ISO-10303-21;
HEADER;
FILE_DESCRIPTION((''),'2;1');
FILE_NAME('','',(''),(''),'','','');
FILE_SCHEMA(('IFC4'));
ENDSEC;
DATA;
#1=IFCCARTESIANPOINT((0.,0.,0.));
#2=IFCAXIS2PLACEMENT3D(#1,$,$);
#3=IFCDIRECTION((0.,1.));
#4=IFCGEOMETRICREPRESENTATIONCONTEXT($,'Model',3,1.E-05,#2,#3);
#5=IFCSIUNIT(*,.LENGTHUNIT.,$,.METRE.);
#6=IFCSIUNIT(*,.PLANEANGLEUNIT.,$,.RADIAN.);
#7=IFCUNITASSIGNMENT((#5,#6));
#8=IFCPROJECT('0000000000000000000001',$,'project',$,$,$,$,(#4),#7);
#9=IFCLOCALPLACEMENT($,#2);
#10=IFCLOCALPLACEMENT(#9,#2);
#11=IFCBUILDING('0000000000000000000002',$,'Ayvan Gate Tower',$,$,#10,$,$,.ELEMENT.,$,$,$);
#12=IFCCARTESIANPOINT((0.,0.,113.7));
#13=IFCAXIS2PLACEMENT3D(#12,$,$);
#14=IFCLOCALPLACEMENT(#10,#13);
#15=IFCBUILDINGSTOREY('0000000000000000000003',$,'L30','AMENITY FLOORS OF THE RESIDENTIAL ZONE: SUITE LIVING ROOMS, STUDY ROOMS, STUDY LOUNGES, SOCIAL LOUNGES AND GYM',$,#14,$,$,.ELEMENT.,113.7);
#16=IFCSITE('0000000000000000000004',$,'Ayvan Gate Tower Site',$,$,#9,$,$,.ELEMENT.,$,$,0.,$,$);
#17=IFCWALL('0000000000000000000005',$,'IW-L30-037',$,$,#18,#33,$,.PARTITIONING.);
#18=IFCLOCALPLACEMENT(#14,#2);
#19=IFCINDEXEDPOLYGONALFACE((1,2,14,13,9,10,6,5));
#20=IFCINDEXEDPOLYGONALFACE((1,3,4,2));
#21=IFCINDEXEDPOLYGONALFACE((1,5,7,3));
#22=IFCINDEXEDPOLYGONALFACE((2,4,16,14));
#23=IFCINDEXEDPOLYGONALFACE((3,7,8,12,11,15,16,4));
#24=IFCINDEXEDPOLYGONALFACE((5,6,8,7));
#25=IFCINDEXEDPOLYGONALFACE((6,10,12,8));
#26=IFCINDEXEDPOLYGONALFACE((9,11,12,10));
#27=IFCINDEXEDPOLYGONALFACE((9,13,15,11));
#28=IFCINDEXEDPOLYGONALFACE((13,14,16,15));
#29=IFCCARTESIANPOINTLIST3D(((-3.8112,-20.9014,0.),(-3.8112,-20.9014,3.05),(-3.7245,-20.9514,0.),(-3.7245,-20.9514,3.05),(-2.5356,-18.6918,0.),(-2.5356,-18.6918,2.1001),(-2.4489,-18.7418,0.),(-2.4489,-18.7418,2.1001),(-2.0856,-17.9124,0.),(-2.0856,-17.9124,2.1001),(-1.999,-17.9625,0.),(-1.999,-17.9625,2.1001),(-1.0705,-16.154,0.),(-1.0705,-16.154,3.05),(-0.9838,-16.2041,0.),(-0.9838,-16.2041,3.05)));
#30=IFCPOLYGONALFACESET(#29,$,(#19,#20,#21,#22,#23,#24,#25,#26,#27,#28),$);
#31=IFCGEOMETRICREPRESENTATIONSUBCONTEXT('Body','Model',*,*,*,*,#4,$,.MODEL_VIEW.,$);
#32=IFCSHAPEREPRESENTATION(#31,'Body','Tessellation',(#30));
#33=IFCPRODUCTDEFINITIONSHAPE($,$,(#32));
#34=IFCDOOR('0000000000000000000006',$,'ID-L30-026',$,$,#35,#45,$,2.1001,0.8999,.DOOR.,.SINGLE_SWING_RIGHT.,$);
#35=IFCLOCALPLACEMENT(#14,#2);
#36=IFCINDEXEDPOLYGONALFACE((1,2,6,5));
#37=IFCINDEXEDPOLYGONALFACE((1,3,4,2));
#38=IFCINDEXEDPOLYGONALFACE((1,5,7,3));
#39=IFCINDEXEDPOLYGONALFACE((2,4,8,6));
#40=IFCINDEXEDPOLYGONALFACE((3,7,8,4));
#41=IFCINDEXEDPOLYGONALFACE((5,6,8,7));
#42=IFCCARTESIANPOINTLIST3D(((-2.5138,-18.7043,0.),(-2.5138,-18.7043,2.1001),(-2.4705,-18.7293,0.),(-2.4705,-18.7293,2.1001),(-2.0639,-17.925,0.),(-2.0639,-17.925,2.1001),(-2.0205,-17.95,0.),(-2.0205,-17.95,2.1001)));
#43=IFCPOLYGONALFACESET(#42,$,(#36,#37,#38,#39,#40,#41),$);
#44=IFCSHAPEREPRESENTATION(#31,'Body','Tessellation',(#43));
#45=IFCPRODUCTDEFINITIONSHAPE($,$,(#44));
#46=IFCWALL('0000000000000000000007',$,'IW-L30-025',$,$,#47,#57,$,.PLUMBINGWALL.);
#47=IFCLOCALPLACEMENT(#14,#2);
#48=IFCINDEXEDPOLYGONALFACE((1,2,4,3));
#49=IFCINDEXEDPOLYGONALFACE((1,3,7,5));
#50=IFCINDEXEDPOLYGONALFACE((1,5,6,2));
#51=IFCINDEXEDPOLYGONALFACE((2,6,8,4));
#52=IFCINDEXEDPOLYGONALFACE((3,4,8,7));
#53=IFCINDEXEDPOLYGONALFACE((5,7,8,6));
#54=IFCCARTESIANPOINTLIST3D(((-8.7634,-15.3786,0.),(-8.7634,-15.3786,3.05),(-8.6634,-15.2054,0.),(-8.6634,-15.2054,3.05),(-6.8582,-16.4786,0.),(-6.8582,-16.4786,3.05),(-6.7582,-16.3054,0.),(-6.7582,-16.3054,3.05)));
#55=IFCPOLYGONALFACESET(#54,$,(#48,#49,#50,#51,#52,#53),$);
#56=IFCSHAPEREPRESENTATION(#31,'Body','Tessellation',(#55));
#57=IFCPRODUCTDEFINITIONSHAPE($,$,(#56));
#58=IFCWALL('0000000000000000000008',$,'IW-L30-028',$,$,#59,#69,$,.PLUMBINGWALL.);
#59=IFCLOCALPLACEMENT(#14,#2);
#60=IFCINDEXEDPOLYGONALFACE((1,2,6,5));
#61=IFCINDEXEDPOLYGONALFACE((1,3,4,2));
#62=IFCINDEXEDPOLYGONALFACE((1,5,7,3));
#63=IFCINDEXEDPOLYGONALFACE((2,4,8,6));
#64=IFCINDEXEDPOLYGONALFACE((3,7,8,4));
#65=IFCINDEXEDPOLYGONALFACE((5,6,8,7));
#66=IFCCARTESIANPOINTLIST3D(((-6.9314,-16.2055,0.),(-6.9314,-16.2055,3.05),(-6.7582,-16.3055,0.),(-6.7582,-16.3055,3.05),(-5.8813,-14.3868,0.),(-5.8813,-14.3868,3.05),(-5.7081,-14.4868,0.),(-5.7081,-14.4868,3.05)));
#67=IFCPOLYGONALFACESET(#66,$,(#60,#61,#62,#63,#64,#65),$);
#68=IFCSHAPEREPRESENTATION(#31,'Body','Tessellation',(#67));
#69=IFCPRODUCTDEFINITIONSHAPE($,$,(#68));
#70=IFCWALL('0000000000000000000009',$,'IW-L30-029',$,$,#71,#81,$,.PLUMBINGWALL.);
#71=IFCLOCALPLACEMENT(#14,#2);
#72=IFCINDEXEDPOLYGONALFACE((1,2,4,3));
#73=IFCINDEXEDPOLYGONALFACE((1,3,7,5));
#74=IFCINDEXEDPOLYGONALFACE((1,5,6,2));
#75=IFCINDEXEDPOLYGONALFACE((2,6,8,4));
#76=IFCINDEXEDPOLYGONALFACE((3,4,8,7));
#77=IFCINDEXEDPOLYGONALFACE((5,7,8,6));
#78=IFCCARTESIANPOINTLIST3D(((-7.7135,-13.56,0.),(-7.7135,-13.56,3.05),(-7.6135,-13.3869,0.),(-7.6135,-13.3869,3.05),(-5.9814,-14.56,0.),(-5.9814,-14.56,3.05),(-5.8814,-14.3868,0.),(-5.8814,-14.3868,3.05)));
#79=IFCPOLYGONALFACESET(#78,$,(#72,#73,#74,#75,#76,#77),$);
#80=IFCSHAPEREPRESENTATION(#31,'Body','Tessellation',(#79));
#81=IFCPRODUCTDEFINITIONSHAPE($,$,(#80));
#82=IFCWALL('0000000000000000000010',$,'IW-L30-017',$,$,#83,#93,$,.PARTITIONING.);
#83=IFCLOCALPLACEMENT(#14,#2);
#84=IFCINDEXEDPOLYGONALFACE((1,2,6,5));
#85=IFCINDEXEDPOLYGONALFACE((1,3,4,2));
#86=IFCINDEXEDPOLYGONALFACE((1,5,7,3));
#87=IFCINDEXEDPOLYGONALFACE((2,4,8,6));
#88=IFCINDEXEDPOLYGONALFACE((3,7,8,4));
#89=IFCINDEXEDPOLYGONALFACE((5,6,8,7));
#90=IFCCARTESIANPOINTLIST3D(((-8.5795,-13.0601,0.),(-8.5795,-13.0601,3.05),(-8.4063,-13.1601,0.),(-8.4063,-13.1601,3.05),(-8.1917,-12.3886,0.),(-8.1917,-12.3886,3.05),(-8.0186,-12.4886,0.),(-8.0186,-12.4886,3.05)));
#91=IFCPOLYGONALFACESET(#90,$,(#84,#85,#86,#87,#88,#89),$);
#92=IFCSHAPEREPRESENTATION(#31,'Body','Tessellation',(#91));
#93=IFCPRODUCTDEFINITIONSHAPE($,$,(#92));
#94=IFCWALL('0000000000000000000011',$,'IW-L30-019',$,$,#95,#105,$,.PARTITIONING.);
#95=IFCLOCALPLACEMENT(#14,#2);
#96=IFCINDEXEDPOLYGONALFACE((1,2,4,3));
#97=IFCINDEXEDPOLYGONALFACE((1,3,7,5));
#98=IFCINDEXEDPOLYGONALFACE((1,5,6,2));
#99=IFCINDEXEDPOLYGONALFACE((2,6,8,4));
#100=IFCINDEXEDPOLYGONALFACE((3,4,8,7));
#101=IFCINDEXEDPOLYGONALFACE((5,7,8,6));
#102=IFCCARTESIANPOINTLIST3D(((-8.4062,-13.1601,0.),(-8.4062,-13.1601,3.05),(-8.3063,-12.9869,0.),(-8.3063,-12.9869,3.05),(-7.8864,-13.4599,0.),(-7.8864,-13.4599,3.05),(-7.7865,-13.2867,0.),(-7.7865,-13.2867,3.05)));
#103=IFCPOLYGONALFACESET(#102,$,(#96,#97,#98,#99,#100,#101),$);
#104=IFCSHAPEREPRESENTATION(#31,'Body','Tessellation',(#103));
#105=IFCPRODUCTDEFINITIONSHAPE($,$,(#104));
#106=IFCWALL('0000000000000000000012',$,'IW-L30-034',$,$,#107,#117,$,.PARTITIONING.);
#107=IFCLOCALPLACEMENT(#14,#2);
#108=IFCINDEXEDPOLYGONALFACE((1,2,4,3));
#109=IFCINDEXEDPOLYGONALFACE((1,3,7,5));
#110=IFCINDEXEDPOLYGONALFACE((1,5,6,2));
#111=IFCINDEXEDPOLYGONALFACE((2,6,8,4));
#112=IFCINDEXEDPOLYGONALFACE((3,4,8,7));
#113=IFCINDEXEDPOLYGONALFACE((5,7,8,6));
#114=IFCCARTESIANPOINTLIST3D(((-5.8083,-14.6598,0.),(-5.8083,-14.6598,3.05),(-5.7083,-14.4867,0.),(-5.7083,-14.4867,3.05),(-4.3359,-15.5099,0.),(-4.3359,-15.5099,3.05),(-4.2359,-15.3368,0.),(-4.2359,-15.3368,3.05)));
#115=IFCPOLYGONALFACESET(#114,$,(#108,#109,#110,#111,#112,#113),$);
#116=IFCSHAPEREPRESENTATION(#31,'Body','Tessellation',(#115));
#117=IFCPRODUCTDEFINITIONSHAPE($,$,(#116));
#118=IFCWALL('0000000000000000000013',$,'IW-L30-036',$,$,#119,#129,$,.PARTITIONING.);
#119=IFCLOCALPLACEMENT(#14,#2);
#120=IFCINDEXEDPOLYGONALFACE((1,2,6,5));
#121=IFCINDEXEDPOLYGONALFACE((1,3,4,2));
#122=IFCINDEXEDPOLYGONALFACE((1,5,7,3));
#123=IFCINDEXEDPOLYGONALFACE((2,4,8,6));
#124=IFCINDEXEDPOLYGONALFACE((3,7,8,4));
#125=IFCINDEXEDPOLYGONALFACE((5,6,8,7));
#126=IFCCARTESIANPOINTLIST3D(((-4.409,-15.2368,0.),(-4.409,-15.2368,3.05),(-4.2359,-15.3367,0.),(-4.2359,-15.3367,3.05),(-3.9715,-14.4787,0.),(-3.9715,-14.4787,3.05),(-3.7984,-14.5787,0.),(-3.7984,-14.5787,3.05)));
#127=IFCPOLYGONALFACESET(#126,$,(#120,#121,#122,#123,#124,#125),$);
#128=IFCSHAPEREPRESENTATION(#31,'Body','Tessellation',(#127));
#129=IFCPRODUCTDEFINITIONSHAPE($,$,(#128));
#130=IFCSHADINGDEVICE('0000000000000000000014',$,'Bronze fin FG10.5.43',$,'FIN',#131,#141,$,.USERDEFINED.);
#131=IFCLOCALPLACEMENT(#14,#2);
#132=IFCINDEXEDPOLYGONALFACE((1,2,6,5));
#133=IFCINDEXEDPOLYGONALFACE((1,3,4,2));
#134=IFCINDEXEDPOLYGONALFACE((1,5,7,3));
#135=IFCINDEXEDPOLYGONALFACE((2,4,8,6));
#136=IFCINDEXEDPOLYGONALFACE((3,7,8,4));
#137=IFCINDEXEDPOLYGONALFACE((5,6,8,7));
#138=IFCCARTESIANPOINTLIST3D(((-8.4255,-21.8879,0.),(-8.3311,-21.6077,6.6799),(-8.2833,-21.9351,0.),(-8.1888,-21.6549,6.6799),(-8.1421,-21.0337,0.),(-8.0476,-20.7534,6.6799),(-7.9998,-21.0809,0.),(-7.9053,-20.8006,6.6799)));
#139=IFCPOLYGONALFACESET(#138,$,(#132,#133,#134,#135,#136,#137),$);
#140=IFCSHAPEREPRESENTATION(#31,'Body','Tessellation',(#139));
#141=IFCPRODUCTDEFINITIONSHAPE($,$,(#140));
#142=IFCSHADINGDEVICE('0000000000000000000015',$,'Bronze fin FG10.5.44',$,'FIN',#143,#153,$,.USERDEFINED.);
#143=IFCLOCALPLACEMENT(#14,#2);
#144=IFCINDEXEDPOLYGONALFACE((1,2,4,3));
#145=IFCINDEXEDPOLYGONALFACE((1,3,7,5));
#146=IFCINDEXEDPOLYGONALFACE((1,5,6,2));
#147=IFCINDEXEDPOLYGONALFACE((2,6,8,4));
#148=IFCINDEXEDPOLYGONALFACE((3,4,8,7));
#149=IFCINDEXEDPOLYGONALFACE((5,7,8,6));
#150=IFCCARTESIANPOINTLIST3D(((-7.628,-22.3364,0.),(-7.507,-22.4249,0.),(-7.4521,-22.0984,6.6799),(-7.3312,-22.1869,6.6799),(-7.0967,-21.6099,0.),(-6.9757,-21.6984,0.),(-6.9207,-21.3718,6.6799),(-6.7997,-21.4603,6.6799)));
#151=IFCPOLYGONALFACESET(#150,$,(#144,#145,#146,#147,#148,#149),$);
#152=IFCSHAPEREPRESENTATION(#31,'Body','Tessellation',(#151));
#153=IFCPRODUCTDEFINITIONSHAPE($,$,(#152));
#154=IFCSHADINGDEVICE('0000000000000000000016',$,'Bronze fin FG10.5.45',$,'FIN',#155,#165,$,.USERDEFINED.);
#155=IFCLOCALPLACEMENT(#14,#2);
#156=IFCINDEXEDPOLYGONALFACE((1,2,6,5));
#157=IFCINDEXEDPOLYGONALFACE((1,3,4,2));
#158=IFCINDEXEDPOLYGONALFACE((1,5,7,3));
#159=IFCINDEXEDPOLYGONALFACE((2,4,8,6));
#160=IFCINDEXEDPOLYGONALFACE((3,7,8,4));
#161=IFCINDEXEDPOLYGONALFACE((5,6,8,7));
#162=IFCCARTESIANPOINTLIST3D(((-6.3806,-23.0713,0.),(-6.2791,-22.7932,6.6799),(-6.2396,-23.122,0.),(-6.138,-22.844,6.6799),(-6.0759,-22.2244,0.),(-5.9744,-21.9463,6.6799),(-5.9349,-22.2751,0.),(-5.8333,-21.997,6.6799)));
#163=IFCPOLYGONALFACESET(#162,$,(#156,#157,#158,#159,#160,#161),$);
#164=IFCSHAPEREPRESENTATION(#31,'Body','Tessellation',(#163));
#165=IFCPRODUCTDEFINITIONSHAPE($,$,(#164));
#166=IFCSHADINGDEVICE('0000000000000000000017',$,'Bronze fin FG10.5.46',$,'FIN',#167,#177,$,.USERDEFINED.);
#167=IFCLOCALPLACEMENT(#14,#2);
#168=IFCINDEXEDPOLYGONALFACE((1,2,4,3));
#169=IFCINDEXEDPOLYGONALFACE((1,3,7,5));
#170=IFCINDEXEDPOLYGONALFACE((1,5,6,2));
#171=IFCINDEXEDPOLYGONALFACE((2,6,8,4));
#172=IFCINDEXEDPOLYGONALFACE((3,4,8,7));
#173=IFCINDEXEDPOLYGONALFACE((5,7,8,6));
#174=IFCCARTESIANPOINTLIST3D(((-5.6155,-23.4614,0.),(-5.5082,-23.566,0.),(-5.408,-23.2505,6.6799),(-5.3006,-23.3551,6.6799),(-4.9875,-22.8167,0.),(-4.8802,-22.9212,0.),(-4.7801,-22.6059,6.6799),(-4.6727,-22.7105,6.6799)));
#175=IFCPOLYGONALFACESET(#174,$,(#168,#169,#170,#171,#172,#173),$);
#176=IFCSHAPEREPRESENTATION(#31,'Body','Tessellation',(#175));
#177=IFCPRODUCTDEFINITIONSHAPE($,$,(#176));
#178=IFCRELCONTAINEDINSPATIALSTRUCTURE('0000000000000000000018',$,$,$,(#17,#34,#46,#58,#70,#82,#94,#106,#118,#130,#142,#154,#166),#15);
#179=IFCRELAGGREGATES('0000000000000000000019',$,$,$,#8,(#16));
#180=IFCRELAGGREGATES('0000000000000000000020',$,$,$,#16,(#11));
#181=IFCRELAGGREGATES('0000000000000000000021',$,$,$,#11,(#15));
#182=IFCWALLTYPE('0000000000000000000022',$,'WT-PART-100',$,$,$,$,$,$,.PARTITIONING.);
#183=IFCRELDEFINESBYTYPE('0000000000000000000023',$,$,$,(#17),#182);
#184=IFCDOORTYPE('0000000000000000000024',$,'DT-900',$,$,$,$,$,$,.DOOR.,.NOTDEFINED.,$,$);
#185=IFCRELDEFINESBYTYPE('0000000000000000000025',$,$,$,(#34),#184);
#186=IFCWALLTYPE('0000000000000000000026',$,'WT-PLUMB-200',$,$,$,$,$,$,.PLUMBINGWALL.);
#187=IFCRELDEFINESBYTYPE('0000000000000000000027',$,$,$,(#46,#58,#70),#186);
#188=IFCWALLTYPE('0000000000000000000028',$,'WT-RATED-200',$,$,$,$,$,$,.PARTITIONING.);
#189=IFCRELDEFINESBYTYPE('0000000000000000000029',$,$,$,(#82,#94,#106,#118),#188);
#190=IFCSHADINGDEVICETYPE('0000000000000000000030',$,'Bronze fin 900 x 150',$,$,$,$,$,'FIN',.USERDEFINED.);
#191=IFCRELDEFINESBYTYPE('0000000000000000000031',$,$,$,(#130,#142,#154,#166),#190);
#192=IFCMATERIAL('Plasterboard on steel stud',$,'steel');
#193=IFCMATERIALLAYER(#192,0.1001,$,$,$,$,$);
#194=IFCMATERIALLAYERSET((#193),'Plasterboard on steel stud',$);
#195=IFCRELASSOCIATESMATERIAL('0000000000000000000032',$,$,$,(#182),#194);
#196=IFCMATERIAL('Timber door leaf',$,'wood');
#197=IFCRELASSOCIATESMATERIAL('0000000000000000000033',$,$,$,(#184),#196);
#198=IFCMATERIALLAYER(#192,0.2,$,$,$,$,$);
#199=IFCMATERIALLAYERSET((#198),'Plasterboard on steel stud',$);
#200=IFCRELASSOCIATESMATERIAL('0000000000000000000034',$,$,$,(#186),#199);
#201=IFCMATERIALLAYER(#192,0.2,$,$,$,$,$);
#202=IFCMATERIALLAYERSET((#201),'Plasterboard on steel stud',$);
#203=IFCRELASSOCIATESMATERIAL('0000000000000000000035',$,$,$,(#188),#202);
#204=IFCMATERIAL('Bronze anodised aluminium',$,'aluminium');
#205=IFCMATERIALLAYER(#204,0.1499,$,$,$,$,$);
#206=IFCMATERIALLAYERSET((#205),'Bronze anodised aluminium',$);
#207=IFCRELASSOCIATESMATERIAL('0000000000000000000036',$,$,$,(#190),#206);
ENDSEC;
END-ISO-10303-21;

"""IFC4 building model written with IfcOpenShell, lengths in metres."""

from ifc_helpers import new_model, si_unit, direction, frame, frame_2d, origin, place, context, subcontext, project, spatial, polyline, rectangle, outline, extrude, material, layer, layer_set, type_object, element, fill, save


model = new_model("IFC4")

# Units and contexts
model_context = context("Model", 3, precision=1e-05, world=origin(), true_north=direction((0.0, 1.0)))
body_context = subcontext(model_context, "Body", "Model", "MODEL_VIEW")
ifc_project = project(units=[si_unit("LENGTHUNIT", "METRE"), si_unit("PLANEANGLEUNIT", "RADIAN")], contexts=[model_context])

# Site, building, storey
site_placement = place(None, origin())
site = spatial("IfcSite", under=ifc_project, at=site_placement, Name="Ayvan Gate Tower Site", CompositionType="ELEMENT", RefElevation=0.0)
building_placement = place(site_placement, origin())
building = spatial("IfcBuilding", under=site, at=building_placement, Name="Ayvan Gate Tower", CompositionType="ELEMENT")
storey_placement = place(building_placement, frame((0.0, 0.0, 113.7)))
storey = spatial("IfcBuildingStorey", under=building, at=storey_placement, Name="L30", Description="AMENITY FLOORS OF THE RESIDENTIAL ZONE: SUITE LIVING ROOMS, STUDY ROOMS, STUDY LOUNGES, SOCIAL LOUNGES AND GYM", CompositionType="ELEMENT", Elevation=113.7)

# Shared definitions
ifc_material_1 = material(Name="Bronze anodised aluminium", Category="aluminium")

# Wall, opening, door
ifc_material_2 = material(Name="Plasterboard on steel stud", Category="steel")
ifc_layer_1 = layer(ifc_material_2, 0.1001)
ifc_layer_set_1 = layer_set([ifc_layer_1], Name="Plasterboard on steel stud")
wall_type_1 = type_object("IfcWallType", Name="WT-PART-100", PredefinedType="PARTITIONING", material=ifc_layer_set_1)
wall_1_placement = place(storey_placement, frame((-3.7678, -20.9263, 0.0), z_axis=(0.0, 0.0, 1.0), x_axis=(0.499981, 0.866037, 0.0)))
wall_1 = element("IfcWall", 1, at=wall_1_placement, inside=storey, type_object=wall_type_1, Name="IW-L30-037", PredefinedType="PARTITIONING", context=body_context, shape_type="SweptSolid", body=[
    extrude(rectangle(XDim=5.4817, YDim=0.1001, at=frame_2d((2.7407, 0.0))), origin(), (0.0, 0.0, 1.0), 3.05),
])
opening_placement = place(wall_1_placement, frame((2.5513, 0.0, 0.0)))
opening = element("IfcOpeningElement", 2, at=opening_placement, cuts=wall_1, PredefinedType="OPENING", context=body_context, shape_type="SweptSolid", body=[
    extrude(rectangle(XDim=0.8999, YDim=2.1001, at=frame_2d((0.45, 1.05))), frame((0.0, 0.0601, 0.0), z_axis=(0.0, -1.0, 0.0), x_axis=(1.0, 0.0, 0.0)), (0.0, 0.0, 1.0), 0.1201),
])
ifc_material_3 = material(Name="Timber door leaf", Category="wood")
door_type = type_object("IfcDoorType", Name="DT-900", OperationType="NOTDEFINED", PredefinedType="DOOR", material=ifc_material_3)
door_placement = place(opening_placement, origin())
door = element("IfcDoor", 3, at=door_placement, inside=storey, type_object=door_type, Name="ID-L30-026", OperationType="SINGLE_SWING_RIGHT", OverallHeight=2.1001, OverallWidth=0.8999, PredefinedType="DOOR", context=body_context, shape_type="SweptSolid", body=[
    extrude(rectangle(XDim=0.8999, YDim=2.1001, at=frame_2d((0.45, 1.05))), frame((0.0, 0.0249, 0.0), z_axis=(0.0, -1.0, 0.0), x_axis=(1.0, 0.0, 0.0)), (0.0, 0.0, 1.0), 0.05),
])
fill(opening, door)

# Walls
ifc_layer_2 = layer(ifc_material_2, 0.2)
ifc_layer_set_2 = layer_set([ifc_layer_2], Name="Plasterboard on steel stud")
wall_type_2 = type_object("IfcWallType", Name="WT-PLUMB-200", PredefinedType="PLUMBINGWALL", material=ifc_layer_set_2)
wall_2_placement = place(storey_placement, frame((-6.8081, -16.3921, 0.0), z_axis=(0.0, 0.0, 1.0), x_axis=(-0.866008, 0.50003, 0.0)))
element("IfcWall", 4, at=wall_2_placement, inside=storey, type_object=wall_type_2, Name="IW-L30-025", PredefinedType="PLUMBINGWALL", context=body_context, shape_type="SweptSolid", body=[
    extrude(rectangle(XDim=2.2, YDim=0.2, at=frame_2d((1.1001, 0.0))), origin(), (0.0, 0.0, 1.0), 3.05),
])
wall_3_placement = place(storey_placement, frame((-5.7947, -14.4368, 0.0), z_axis=(0.0, 0.0, 1.0), x_axis=(-0.500028, -0.866009, 0.0)))
element("IfcWall", 5, at=wall_3_placement, inside=storey, type_object=wall_type_2, Name="IW-L30-028", PredefinedType="PLUMBINGWALL", context=body_context, shape_type="SweptSolid", body=[
    extrude(rectangle(XDim=2.1001, YDim=0.2, at=frame_2d((1.05, 0.0))), origin(), (0.0, 0.0, 1.0), 3.05),
])
wall_4_placement = place(storey_placement, frame((-5.9314, -14.4734, 0.0), z_axis=(0.0, 0.0, 1.0), x_axis=(-0.866041, 0.499973, 0.0)))
element("IfcWall", 6, at=wall_4_placement, inside=storey, type_object=wall_type_2, Name="IW-L30-029", PredefinedType="PLUMBINGWALL", context=body_context, shape_type="SweptSolid", body=[
    extrude(rectangle(XDim=2.0, YDim=0.2, at=frame_2d((1.0, 0.0))), origin(), (0.0, 0.0, 1.0), 3.05),
])
ifc_layer_3 = layer(ifc_material_2, 0.2)
ifc_layer_set_3 = layer_set([ifc_layer_3], Name="Plasterboard on steel stud")
wall_type_3 = type_object("IfcWallType", Name="WT-RATED-200", PredefinedType="PARTITIONING", material=ifc_layer_set_3)
wall_5_placement = place(storey_placement, frame((-8.4929, -13.1101, 0.0), z_axis=(0.0, 0.0, 1.0), x_axis=(0.500068, 0.865986, 0.0)))
element("IfcWall", 7, at=wall_5_placement, inside=storey, type_object=wall_type_3, Name="IW-L30-017", PredefinedType="PARTITIONING", context=body_context, shape_type="SweptSolid", body=[
    extrude(rectangle(XDim=0.7754, YDim=0.2, at=frame_2d((0.3877, 0.0))), origin(), (0.0, 0.0, 1.0), 3.05),
])
wall_6_placement = place(storey_placement, frame((-7.8364, -13.3733, 0.0), z_axis=(0.0, 0.0, 1.0), x_axis=(-0.866233, 0.49964, 0.0)))
element("IfcWall", 8, at=wall_6_placement, inside=storey, type_object=wall_type_3, Name="IW-L30-019", PredefinedType="PARTITIONING", context=body_context, shape_type="SweptSolid", body=[
    extrude(rectangle(XDim=0.6001, YDim=0.2, at=frame_2d((0.3, 0.0))), origin(), (0.0, 0.0, 1.0), 3.05),
])
wall_7_placement = place(storey_placement, frame((-4.2859, -15.4233, 0.0), z_axis=(0.0, 0.0, 1.0), x_axis=(-0.866025, 0.5, 0.0)))
element("IfcWall", 9, at=wall_7_placement, inside=storey, type_object=wall_type_3, Name="IW-L30-034", PredefinedType="PARTITIONING", context=body_context, shape_type="SweptSolid", body=[
    extrude(rectangle(XDim=1.7002, YDim=0.2, at=frame_2d((0.8501, 0.0))), origin(), (0.0, 0.0, 1.0), 3.05),
])
wall_8_placement = place(storey_placement, frame((-3.885, -14.5288, 0.0), z_axis=(0.0, 0.0, 1.0), x_axis=(-0.499859, -0.866107, 0.0)))
element("IfcWall", 10, at=wall_8_placement, inside=storey, type_object=wall_type_3, Name="IW-L30-036", PredefinedType="PARTITIONING", context=body_context, shape_type="SweptSolid", body=[
    extrude(rectangle(XDim=0.8752, YDim=0.2, at=frame_2d((0.4375, 0.0))), origin(), (0.0, 0.0, 1.0), 3.05),
])

# Shading devices
ifc_layer_4 = layer(ifc_material_1, 0.1499)
ifc_layer_set_4 = layer_set([ifc_layer_4], Name="Bronze anodised aluminium")
shading_device_type = type_object("IfcShadingDeviceType", Name="Bronze fin 900 x 150", ElementType="FIN", PredefinedType="USERDEFINED", material=ifc_layer_set_4)
shading_device_1_placement = place(storey_placement, frame((-8.1421, -21.0337, 0.0), z_axis=(-0.949116, 0.314925, 0.000211), x_axis=(-0.314925, -0.949116, 0.0)))
element("IfcShadingDevice", 11, at=shading_device_1_placement, inside=storey, type_object=shading_device_type, Name="Bronze fin FG10.5.43", ObjectType="FIN", PredefinedType="USERDEFINED", context=body_context, shape_type="SweptSolid", body=[
    extrude(outline(polyline([(0.0, 0.0), (0.9, 0.0), (0.6043, 6.6799), (-0.2958, 6.6799), (0.0, 0.0)])), origin(), (0.0, 0.0, -1.0), 0.1499),
])
shading_device_2_placement = place(storey_placement, frame((-7.0967, -21.6099, 0.0), z_axis=(-0.807167, 0.590323, 0.000219), x_axis=(-0.590323, -0.807167, 0.0)))
element("IfcShadingDevice", 12, at=shading_device_2_placement, inside=storey, type_object=shading_device_type, Name="Bronze fin FG10.5.44", ObjectType="FIN", PredefinedType="USERDEFINED", context=body_context, shape_type="SweptSolid", body=[
    extrude(outline(polyline([(0.0, 0.0), (0.9001, 0.0), (0.6042, 6.6799), (-0.296, 6.6799), (0.0, 0.0)])), origin(), (0.0, 0.0, -1.0), 0.1499),
])
shading_device_3_placement = place(storey_placement, frame((-6.0759, -22.2244, 0.0), z_axis=(-0.94096, 0.338518, 0.000214), x_axis=(-0.338518, -0.94096, 0.0)))
element("IfcShadingDevice", 13, at=shading_device_3_placement, inside=storey, type_object=shading_device_type, Name="Bronze fin FG10.5.45", ObjectType="FIN", PredefinedType="USERDEFINED", context=body_context, shape_type="SweptSolid", body=[
    extrude(outline(polyline([(0.0, 0.0), (0.9001, 0.0), (0.604, 6.6799), (-0.296, 6.6799), (0.0, 0.0)])), origin(), (0.0, 0.0, -1.0), 0.1499),
])
shading_device_4_placement = place(storey_placement, frame((-4.9875, -22.8167, 0.0), z_axis=(-0.716337, 0.697754, 0.000233), x_axis=(-0.697754, -0.716337, 0.0)))
element("IfcShadingDevice", 14, at=shading_device_4_placement, inside=storey, type_object=shading_device_type, Name="Bronze fin FG10.5.46", ObjectType="FIN", PredefinedType="USERDEFINED", context=body_context, shape_type="SweptSolid", body=[
    extrude(outline(polyline([(0.0, 0.0), (0.9, 0.0), (0.6041, 6.6799), (-0.2957, 6.6799), (0.0, 0.0)])), origin(), (0.0, 0.0, -1.0), 0.1499),
])

save(model, "model.ifc")
